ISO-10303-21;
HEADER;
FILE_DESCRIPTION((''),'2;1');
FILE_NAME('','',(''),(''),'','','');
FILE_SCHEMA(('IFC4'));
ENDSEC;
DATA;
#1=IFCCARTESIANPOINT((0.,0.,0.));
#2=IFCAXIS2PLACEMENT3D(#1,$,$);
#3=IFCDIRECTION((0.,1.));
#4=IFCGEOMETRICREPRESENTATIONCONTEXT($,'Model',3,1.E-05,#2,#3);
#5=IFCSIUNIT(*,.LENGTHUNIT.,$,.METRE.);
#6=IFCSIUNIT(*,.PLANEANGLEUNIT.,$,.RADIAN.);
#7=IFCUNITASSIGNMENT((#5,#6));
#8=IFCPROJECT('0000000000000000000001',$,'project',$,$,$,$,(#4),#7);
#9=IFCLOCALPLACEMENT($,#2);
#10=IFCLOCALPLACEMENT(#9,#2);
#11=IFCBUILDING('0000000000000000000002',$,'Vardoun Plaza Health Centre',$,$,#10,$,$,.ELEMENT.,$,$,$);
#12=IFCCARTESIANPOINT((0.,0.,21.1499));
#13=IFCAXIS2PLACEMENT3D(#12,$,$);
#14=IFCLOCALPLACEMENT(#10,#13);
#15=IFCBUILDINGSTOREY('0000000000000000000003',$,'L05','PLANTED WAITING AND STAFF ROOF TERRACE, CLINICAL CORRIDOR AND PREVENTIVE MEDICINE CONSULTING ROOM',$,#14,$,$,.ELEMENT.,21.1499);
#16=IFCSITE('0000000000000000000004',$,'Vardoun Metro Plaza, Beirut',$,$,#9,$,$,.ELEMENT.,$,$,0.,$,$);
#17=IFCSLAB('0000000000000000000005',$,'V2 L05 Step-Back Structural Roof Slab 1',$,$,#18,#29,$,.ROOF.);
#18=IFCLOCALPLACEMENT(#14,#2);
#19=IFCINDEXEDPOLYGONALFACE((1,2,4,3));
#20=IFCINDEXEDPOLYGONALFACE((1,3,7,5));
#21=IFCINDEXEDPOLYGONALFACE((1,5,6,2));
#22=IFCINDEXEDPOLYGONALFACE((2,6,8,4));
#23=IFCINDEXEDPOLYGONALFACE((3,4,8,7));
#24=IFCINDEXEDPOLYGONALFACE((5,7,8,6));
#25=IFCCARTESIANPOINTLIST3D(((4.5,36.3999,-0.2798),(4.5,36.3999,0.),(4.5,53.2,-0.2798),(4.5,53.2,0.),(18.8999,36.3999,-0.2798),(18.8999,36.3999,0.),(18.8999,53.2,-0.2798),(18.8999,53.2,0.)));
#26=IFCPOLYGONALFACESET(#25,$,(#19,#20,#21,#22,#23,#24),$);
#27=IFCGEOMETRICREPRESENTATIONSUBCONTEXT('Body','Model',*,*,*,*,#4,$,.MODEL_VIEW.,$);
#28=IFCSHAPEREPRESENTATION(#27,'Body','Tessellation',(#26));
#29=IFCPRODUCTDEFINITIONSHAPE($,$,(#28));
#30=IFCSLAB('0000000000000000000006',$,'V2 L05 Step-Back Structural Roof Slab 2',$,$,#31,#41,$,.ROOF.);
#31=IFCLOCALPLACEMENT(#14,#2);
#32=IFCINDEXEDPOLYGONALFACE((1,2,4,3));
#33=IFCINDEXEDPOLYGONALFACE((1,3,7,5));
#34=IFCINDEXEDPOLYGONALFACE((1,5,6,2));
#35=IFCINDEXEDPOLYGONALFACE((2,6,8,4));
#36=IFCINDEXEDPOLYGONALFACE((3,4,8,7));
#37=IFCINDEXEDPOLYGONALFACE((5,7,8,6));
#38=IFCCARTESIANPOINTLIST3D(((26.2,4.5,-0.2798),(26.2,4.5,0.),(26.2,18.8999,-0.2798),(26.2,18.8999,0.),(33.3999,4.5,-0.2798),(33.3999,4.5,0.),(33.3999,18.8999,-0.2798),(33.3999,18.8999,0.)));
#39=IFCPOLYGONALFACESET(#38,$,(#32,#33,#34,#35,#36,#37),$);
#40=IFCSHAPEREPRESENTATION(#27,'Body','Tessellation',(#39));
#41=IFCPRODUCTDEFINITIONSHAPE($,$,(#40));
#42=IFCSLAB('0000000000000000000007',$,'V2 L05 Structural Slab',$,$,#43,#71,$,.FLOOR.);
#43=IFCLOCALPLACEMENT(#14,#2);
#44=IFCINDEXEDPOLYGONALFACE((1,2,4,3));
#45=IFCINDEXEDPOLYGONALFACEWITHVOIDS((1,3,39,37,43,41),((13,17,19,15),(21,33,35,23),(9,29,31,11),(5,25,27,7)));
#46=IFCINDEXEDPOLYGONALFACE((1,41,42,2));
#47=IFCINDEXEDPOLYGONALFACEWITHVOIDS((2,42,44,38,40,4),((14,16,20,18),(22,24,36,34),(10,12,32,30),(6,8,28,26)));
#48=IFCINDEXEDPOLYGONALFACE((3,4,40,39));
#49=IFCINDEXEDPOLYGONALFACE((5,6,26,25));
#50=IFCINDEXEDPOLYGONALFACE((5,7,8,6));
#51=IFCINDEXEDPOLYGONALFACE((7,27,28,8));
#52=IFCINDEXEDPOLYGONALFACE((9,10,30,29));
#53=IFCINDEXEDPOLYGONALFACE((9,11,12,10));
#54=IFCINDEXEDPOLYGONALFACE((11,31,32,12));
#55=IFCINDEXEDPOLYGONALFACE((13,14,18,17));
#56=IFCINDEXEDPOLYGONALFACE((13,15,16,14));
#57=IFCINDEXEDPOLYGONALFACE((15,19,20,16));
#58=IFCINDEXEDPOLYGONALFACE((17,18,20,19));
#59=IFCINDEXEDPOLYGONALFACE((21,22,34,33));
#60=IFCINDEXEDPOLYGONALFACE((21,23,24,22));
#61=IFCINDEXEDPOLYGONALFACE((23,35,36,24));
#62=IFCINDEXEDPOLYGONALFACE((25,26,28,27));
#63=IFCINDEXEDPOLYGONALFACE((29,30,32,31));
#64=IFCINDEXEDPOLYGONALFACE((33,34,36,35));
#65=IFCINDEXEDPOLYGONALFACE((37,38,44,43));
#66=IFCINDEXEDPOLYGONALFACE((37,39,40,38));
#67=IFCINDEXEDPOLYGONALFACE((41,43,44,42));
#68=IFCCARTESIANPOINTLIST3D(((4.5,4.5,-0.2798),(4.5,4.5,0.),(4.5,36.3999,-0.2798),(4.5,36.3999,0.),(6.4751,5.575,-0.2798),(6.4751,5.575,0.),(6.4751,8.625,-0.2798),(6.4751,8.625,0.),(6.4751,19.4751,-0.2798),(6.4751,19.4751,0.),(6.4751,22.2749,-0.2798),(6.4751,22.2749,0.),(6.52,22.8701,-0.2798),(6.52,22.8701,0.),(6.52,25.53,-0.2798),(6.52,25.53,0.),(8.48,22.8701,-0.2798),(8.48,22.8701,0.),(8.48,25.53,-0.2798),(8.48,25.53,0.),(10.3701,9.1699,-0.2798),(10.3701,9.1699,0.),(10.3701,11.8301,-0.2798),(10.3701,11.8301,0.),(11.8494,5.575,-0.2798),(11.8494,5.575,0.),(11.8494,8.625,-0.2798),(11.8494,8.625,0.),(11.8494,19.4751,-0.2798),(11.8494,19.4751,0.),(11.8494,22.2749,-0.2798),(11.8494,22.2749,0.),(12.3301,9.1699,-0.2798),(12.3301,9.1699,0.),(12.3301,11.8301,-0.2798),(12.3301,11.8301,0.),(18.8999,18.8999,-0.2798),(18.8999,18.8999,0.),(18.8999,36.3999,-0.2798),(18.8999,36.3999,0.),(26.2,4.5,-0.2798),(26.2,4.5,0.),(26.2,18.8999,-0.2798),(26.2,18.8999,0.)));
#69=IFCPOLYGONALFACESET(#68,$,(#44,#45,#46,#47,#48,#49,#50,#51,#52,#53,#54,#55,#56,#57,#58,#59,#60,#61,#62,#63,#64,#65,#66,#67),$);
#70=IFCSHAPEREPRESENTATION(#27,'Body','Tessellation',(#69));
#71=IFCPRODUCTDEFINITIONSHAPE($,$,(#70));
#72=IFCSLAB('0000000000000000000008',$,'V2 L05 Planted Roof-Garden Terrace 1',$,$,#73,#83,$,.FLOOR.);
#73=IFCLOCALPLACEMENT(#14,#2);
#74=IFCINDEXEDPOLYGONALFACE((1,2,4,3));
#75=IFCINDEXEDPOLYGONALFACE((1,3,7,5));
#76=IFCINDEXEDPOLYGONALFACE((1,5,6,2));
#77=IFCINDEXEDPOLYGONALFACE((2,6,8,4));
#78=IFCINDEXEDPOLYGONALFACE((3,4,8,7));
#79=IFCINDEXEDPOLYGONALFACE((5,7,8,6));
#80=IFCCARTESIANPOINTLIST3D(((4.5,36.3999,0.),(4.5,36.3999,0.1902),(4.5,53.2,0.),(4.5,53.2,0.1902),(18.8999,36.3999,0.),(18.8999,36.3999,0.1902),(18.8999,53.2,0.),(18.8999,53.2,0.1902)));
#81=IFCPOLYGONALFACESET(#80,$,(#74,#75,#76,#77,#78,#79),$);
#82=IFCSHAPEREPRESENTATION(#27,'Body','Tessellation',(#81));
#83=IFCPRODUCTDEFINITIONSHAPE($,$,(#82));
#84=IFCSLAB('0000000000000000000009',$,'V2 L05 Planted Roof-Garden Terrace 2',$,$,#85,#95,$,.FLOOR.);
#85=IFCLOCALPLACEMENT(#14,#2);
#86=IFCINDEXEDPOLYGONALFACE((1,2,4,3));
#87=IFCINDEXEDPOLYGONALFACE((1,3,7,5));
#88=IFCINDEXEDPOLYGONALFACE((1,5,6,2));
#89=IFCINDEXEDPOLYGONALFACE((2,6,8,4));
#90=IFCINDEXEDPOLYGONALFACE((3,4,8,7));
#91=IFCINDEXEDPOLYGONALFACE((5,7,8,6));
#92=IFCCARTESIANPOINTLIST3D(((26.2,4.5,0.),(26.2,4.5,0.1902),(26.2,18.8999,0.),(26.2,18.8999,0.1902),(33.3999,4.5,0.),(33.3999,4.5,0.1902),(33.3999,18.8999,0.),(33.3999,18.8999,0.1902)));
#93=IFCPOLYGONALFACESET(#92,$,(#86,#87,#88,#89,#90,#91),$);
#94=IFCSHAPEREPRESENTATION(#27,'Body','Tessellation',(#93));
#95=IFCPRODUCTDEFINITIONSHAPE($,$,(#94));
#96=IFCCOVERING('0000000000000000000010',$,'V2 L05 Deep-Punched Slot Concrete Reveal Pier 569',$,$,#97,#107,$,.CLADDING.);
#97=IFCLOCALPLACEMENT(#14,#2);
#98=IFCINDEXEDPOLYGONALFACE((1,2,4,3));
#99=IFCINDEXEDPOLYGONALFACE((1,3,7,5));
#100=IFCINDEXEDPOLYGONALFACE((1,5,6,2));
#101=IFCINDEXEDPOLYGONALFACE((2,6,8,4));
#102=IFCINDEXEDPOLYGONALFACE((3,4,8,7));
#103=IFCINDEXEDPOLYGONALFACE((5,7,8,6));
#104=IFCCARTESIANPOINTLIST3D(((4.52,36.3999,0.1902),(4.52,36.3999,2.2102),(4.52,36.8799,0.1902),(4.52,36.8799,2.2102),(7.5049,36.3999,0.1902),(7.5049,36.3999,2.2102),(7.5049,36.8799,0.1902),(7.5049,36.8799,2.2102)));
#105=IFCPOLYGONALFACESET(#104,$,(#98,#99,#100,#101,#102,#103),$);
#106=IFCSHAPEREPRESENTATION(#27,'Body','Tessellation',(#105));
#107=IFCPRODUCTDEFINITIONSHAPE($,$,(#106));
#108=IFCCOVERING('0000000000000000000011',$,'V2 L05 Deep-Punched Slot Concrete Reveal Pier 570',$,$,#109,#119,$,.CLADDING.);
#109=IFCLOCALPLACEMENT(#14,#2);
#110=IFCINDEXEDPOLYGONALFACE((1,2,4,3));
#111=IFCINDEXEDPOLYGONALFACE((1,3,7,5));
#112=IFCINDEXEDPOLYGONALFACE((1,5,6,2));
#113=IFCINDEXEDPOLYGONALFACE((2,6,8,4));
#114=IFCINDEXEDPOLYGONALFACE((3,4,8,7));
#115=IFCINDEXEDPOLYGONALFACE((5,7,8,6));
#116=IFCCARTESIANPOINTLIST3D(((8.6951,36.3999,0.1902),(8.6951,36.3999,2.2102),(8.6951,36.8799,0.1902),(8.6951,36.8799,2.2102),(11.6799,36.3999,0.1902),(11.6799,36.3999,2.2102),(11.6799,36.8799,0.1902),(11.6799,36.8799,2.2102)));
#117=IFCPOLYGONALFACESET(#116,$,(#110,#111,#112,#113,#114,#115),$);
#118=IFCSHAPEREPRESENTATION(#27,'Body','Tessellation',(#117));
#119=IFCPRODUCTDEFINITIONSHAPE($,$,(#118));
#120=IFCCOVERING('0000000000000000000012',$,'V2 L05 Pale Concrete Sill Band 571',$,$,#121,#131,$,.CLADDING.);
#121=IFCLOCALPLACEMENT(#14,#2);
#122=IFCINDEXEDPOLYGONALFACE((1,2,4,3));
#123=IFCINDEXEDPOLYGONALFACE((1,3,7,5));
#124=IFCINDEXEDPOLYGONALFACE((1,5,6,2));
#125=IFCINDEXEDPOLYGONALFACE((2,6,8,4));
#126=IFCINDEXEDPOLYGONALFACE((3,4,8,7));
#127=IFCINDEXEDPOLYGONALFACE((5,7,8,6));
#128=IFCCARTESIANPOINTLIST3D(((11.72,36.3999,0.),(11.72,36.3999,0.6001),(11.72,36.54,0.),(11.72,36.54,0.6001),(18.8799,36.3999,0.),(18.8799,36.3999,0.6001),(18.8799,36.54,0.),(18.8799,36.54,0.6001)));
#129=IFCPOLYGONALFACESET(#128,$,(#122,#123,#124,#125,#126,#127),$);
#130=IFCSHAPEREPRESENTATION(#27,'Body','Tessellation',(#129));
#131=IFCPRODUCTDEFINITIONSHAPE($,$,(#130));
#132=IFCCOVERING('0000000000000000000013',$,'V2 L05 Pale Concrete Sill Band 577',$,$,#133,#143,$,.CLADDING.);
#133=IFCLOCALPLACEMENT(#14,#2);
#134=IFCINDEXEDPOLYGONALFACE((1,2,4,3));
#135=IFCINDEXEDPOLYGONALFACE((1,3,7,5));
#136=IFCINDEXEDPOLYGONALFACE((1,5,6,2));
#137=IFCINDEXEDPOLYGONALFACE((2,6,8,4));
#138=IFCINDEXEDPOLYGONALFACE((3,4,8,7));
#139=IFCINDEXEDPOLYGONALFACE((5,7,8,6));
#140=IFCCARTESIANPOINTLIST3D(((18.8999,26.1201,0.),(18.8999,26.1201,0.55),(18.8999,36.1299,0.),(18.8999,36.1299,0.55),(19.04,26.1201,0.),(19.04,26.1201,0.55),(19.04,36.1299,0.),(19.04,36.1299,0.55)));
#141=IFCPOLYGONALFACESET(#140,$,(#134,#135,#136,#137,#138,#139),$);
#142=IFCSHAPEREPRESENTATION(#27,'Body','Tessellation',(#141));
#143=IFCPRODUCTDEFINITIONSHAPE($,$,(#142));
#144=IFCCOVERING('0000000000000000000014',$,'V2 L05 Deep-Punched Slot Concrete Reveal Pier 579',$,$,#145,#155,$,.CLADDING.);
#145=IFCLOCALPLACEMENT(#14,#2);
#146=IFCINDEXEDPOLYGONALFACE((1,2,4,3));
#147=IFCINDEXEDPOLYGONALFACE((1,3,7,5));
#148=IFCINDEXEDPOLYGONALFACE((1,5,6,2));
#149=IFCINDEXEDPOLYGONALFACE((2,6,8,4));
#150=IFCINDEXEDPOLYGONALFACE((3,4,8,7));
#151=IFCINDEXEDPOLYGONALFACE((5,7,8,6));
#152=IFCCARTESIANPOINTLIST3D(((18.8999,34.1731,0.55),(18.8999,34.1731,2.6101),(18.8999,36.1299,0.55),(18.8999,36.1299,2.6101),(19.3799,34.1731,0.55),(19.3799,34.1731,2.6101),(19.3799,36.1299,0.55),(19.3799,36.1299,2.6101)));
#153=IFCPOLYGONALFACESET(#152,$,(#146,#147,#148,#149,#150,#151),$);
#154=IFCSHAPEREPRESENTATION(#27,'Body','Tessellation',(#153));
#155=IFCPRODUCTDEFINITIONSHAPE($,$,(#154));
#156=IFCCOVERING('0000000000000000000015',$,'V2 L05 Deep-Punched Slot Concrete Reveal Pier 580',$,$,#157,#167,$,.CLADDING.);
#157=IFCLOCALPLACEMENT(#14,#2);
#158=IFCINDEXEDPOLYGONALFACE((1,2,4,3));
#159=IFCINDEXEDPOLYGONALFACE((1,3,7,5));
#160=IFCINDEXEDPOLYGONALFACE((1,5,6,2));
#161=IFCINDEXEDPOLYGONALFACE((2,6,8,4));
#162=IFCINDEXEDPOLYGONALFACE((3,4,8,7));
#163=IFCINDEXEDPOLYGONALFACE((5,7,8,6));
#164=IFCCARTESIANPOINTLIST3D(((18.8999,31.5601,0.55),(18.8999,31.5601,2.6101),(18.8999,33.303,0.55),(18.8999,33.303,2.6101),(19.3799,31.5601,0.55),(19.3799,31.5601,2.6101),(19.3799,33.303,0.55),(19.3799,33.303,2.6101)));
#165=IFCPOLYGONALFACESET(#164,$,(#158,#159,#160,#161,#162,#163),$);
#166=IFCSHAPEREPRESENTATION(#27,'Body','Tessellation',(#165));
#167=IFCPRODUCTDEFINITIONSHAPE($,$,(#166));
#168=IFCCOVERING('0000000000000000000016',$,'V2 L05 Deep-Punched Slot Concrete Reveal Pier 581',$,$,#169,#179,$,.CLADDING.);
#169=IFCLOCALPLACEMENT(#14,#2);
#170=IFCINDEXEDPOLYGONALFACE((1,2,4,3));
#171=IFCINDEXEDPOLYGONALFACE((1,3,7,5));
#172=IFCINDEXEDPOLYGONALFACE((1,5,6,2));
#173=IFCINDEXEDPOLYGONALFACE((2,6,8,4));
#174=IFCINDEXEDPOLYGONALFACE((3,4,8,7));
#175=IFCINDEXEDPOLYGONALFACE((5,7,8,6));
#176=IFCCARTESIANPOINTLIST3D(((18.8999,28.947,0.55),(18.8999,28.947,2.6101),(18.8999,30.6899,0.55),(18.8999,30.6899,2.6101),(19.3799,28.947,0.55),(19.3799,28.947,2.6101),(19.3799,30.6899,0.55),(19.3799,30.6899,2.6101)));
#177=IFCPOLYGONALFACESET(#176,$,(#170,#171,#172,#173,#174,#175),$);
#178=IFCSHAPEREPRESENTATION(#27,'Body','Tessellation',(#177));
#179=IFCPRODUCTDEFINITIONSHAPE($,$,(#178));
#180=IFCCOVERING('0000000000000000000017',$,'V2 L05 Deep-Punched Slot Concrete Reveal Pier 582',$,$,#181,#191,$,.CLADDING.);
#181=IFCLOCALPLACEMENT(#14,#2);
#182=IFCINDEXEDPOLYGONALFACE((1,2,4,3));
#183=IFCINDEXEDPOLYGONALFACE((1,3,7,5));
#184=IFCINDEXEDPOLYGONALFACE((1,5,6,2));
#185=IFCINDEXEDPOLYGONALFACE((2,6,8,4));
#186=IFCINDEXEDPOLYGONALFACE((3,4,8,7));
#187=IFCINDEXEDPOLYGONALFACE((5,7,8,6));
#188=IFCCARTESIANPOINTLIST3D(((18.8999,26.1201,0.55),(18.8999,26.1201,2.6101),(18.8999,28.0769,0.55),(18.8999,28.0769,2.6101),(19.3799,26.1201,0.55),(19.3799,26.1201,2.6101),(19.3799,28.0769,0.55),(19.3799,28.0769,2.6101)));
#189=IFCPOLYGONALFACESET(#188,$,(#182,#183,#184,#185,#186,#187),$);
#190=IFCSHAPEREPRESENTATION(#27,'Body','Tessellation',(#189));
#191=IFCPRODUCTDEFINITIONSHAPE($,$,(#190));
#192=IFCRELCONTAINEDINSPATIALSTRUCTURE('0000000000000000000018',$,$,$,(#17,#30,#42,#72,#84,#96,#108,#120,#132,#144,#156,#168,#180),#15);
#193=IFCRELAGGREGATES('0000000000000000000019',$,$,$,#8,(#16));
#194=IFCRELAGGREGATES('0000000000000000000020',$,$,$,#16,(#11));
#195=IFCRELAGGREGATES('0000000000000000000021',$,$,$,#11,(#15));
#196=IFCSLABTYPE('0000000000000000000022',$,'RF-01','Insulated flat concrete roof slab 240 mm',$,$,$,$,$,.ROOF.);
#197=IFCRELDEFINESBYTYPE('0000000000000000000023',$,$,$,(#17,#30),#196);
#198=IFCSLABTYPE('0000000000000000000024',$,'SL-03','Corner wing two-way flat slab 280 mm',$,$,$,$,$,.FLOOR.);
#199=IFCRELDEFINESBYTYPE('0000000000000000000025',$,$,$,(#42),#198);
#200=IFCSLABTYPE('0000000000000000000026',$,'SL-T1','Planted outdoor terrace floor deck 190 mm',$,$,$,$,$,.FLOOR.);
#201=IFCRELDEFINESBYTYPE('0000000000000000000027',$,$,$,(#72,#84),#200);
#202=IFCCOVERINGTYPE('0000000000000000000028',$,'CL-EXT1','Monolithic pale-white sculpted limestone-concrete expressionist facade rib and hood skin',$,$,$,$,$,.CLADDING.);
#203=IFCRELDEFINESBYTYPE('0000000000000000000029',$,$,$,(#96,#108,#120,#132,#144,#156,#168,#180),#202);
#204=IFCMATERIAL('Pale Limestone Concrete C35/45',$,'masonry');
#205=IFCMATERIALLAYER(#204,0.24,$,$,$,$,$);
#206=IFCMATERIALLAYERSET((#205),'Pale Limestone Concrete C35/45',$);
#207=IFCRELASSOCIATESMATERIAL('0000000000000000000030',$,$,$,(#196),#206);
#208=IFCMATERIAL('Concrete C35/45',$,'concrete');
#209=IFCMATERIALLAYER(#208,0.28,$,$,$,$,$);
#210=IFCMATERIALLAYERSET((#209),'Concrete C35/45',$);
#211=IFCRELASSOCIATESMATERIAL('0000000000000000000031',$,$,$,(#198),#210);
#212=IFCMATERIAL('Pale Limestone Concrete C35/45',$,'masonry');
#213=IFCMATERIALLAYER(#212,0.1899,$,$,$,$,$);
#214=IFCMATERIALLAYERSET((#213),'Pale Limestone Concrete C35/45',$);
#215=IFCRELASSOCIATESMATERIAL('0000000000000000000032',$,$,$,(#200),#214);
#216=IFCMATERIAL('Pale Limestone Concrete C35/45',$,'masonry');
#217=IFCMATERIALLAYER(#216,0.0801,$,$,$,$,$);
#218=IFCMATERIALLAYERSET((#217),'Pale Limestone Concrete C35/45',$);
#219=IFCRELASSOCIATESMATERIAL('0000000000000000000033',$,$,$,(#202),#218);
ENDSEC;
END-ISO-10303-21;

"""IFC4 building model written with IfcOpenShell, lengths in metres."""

from ifc_helpers import new_model, si_unit, direction, frame, origin, place, context, subcontext, project, spatial, polyline, outline, extrude, material, layer, layer_set, type_object, element, save


model = new_model("IFC4")

# Units and contexts
model_context = context("Model", 3, precision=1e-05, world=origin(), true_north=direction((0.0, 1.0)))
body_context = subcontext(model_context, "Body", "Model", "MODEL_VIEW")
ifc_project = project(units=[si_unit("LENGTHUNIT", "METRE"), si_unit("PLANEANGLEUNIT", "RADIAN")], contexts=[model_context])

# Site, building, storey
site_placement = place(None, origin())
site = spatial("IfcSite", under=ifc_project, at=site_placement, Name="Vardoun Metro Plaza, Beirut", CompositionType="ELEMENT", RefElevation=0.0)
building_placement = place(site_placement, origin())
building = spatial("IfcBuilding", under=site, at=building_placement, Name="Vardoun Plaza Health Centre", CompositionType="ELEMENT")
storey_placement = place(building_placement, frame((0.0, 0.0, 21.1499)))
storey = spatial("IfcBuildingStorey", under=building, at=storey_placement, Name="L05", Description="PLANTED WAITING AND STAFF ROOF TERRACE, CLINICAL CORRIDOR AND PREVENTIVE MEDICINE CONSULTING ROOM", CompositionType="ELEMENT", Elevation=21.1499)

# Slabs
ifc_material_1 = material(Name="Pale Limestone Concrete C35/45", Category="masonry")
ifc_layer_1 = layer(ifc_material_1, 0.24)
ifc_layer_set_1 = layer_set([ifc_layer_1], Name="Pale Limestone Concrete C35/45")
slab_type_1 = type_object("IfcSlabType", Name="RF-01", Description="Insulated flat concrete roof slab 240 mm", PredefinedType="ROOF", material=ifc_layer_set_1)
slab_1_placement = place(storey_placement, frame((0.0, 0.0, -0.2798)))
element("IfcSlab", 1, at=slab_1_placement, inside=storey, type_object=slab_type_1, Name="V2 L05 Step-Back Structural Roof Slab 1", PredefinedType="ROOF", context=body_context, shape_type="SweptSolid", body=[
    extrude(outline(polyline([(4.5, 36.3999), (18.8999, 36.3999), (18.8999, 53.2), (4.5, 53.2), (4.5, 36.3999)])), origin(), (0.0, 0.0, 1.0), 0.2798),
])
slab_2_placement = place(storey_placement, frame((0.0, 0.0, -0.2798)))
element("IfcSlab", 2, at=slab_2_placement, inside=storey, type_object=slab_type_1, Name="V2 L05 Step-Back Structural Roof Slab 2", PredefinedType="ROOF", context=body_context, shape_type="SweptSolid", body=[
    extrude(outline(polyline([(26.2, 4.5), (33.3999, 4.5), (33.3999, 18.8999), (26.2, 18.8999), (26.2, 4.5)])), origin(), (0.0, 0.0, 1.0), 0.2798),
])
ifc_material_2 = material(Name="Concrete C35/45", Category="concrete")
ifc_layer_2 = layer(ifc_material_2, 0.28)
ifc_layer_set_2 = layer_set([ifc_layer_2], Name="Concrete C35/45")
slab_type_2 = type_object("IfcSlabType", Name="SL-03", Description="Corner wing two-way flat slab 280 mm", PredefinedType="FLOOR", material=ifc_layer_set_2)
slab_3_placement = place(storey_placement, frame((0.0, 0.0, -0.2798)))
element("IfcSlab", 3, at=slab_3_placement, inside=storey, type_object=slab_type_2, Name="V2 L05 Structural Slab", PredefinedType="FLOOR", context=body_context, shape_type="SweptSolid", body=[
    extrude(outline(polyline([(4.5, 4.5), (26.2, 4.5), (26.2, 18.8999), (18.8999, 18.8999), (18.8999, 36.3999), (4.5, 36.3999), (4.5, 4.5)]), holes=[polyline([(6.4751, 5.575), (11.8494, 5.575), (11.8494, 8.625), (6.4751, 8.625), (6.4751, 5.575)]), polyline([(10.3701, 9.1699), (12.3301, 9.1699), (12.3301, 11.8301), (10.3701, 11.8301), (10.3701, 9.1699)]), polyline([(6.4751, 19.4751), (11.8494, 19.4751), (11.8494, 22.2749), (6.4751, 22.2749), (6.4751, 19.4751)]), polyline([(6.52, 22.8701), (8.48, 22.8701), (8.48, 25.53), (6.52, 25.53), (6.52, 22.8701)])]), origin(), (0.0, 0.0, 1.0), 0.2798),
])
ifc_material_3 = material(Name="Pale Limestone Concrete C35/45", Category="masonry")
ifc_layer_3 = layer(ifc_material_3, 0.1899)
ifc_layer_set_3 = layer_set([ifc_layer_3], Name="Pale Limestone Concrete C35/45")
slab_type_3 = type_object("IfcSlabType", Name="SL-T1", Description="Planted outdoor terrace floor deck 190 mm", PredefinedType="FLOOR", material=ifc_layer_set_3)
slab_4_placement = place(storey_placement, origin())
element("IfcSlab", 4, at=slab_4_placement, inside=storey, type_object=slab_type_3, Name="V2 L05 Planted Roof-Garden Terrace 1", PredefinedType="FLOOR", context=body_context, shape_type="SweptSolid", body=[
    extrude(outline(polyline([(4.5, 36.3999), (18.8999, 36.3999), (18.8999, 53.2), (4.5, 53.2), (4.5, 36.3999)])), origin(), (0.0, 0.0, 1.0), 0.1902),
])
slab_5_placement = place(storey_placement, origin())
element("IfcSlab", 5, at=slab_5_placement, inside=storey, type_object=slab_type_3, Name="V2 L05 Planted Roof-Garden Terrace 2", PredefinedType="FLOOR", context=body_context, shape_type="SweptSolid", body=[
    extrude(outline(polyline([(26.2, 4.5), (33.3999, 4.5), (33.3999, 18.8999), (26.2, 18.8999), (26.2, 4.5)])), origin(), (0.0, 0.0, 1.0), 0.1902),
])

# Coverings
ifc_material_4 = material(Name="Pale Limestone Concrete C35/45", Category="masonry")
ifc_layer_4 = layer(ifc_material_4, 0.0801)
ifc_layer_set_4 = layer_set([ifc_layer_4], Name="Pale Limestone Concrete C35/45")
covering_type_1 = type_object("IfcCoveringType", Name="CL-EXT1", Description="Monolithic pale-white sculpted limestone-concrete expressionist facade rib and hood skin", PredefinedType="CLADDING", material=ifc_layer_set_4)
covering_1_placement = place(storey_placement, frame((0.0, 0.0, 0.1902)))
element("IfcCovering", 6, at=covering_1_placement, inside=storey, type_object=covering_type_1, Name="V2 L05 Deep-Punched Slot Concrete Reveal Pier 569", PredefinedType="CLADDING", context=body_context, shape_type="SweptSolid", body=[
    extrude(outline(polyline([(4.52, 36.3999), (7.5049, 36.3999), (7.5049, 36.8799), (4.52, 36.8799), (4.52, 36.3999)])), origin(), (0.0, 0.0, 1.0), 2.02),
])
covering_2_placement = place(storey_placement, frame((0.0, 0.0, 0.1902)))
element("IfcCovering", 7, at=covering_2_placement, inside=storey, type_object=covering_type_1, Name="V2 L05 Deep-Punched Slot Concrete Reveal Pier 570", PredefinedType="CLADDING", context=body_context, shape_type="SweptSolid", body=[
    extrude(outline(polyline([(8.6951, 36.3999), (11.6799, 36.3999), (11.6799, 36.8799), (8.6951, 36.8799), (8.6951, 36.3999)])), origin(), (0.0, 0.0, 1.0), 2.02),
])
covering_3_placement = place(storey_placement, origin())
element("IfcCovering", 8, at=covering_3_placement, inside=storey, type_object=covering_type_1, Name="V2 L05 Pale Concrete Sill Band 571", PredefinedType="CLADDING", context=body_context, shape_type="SweptSolid", body=[
    extrude(outline(polyline([(11.72, 36.3999), (18.8799, 36.3999), (18.8799, 36.54), (11.72, 36.54), (11.72, 36.3999)])), origin(), (0.0, 0.0, 1.0), 0.6001),
])
covering_4_placement = place(storey_placement, origin())
element("IfcCovering", 9, at=covering_4_placement, inside=storey, type_object=covering_type_1, Name="V2 L05 Pale Concrete Sill Band 577", PredefinedType="CLADDING", context=body_context, shape_type="SweptSolid", body=[
    extrude(outline(polyline([(18.8999, 36.1299), (18.8999, 26.1201), (19.04, 26.1201), (19.04, 36.1299), (18.8999, 36.1299)])), origin(), (0.0, 0.0, 1.0), 0.55),
])
covering_5_placement = place(storey_placement, frame((0.0, 0.0, 0.55)))
element("IfcCovering", 10, at=covering_5_placement, inside=storey, type_object=covering_type_1, Name="V2 L05 Deep-Punched Slot Concrete Reveal Pier 579", PredefinedType="CLADDING", context=body_context, shape_type="SweptSolid", body=[
    extrude(outline(polyline([(18.8999, 36.1299), (18.8999, 34.1731), (19.3799, 34.1731), (19.3799, 36.1299), (18.8999, 36.1299)])), origin(), (0.0, 0.0, 1.0), 2.0601),
])
covering_6_placement = place(storey_placement, frame((0.0, 0.0, 0.55)))
element("IfcCovering", 11, at=covering_6_placement, inside=storey, type_object=covering_type_1, Name="V2 L05 Deep-Punched Slot Concrete Reveal Pier 580", PredefinedType="CLADDING", context=body_context, shape_type="SweptSolid", body=[
    extrude(outline(polyline([(18.8999, 33.303), (18.8999, 31.5601), (19.3799, 31.5601), (19.3799, 33.303), (18.8999, 33.303)])), origin(), (0.0, 0.0, 1.0), 2.0601),
])
covering_7_placement = place(storey_placement, frame((0.0, 0.0, 0.55)))
element("IfcCovering", 12, at=covering_7_placement, inside=storey, type_object=covering_type_1, Name="V2 L05 Deep-Punched Slot Concrete Reveal Pier 581", PredefinedType="CLADDING", context=body_context, shape_type="SweptSolid", body=[
    extrude(outline(polyline([(18.8999, 30.6899), (18.8999, 28.947), (19.3799, 28.947), (19.3799, 30.6899), (18.8999, 30.6899)])), origin(), (0.0, 0.0, 1.0), 2.0601),
])
covering_8_placement = place(storey_placement, frame((0.0, 0.0, 0.55)))
element("IfcCovering", 13, at=covering_8_placement, inside=storey, type_object=covering_type_1, Name="V2 L05 Deep-Punched Slot Concrete Reveal Pier 582", PredefinedType="CLADDING", context=body_context, shape_type="SweptSolid", body=[
    extrude(outline(polyline([(18.8999, 28.0769), (18.8999, 26.1201), (19.3799, 26.1201), (19.3799, 28.0769), (18.8999, 28.0769)])), origin(), (0.0, 0.0, 1.0), 2.0601),
])

save(model, "model.ifc")
